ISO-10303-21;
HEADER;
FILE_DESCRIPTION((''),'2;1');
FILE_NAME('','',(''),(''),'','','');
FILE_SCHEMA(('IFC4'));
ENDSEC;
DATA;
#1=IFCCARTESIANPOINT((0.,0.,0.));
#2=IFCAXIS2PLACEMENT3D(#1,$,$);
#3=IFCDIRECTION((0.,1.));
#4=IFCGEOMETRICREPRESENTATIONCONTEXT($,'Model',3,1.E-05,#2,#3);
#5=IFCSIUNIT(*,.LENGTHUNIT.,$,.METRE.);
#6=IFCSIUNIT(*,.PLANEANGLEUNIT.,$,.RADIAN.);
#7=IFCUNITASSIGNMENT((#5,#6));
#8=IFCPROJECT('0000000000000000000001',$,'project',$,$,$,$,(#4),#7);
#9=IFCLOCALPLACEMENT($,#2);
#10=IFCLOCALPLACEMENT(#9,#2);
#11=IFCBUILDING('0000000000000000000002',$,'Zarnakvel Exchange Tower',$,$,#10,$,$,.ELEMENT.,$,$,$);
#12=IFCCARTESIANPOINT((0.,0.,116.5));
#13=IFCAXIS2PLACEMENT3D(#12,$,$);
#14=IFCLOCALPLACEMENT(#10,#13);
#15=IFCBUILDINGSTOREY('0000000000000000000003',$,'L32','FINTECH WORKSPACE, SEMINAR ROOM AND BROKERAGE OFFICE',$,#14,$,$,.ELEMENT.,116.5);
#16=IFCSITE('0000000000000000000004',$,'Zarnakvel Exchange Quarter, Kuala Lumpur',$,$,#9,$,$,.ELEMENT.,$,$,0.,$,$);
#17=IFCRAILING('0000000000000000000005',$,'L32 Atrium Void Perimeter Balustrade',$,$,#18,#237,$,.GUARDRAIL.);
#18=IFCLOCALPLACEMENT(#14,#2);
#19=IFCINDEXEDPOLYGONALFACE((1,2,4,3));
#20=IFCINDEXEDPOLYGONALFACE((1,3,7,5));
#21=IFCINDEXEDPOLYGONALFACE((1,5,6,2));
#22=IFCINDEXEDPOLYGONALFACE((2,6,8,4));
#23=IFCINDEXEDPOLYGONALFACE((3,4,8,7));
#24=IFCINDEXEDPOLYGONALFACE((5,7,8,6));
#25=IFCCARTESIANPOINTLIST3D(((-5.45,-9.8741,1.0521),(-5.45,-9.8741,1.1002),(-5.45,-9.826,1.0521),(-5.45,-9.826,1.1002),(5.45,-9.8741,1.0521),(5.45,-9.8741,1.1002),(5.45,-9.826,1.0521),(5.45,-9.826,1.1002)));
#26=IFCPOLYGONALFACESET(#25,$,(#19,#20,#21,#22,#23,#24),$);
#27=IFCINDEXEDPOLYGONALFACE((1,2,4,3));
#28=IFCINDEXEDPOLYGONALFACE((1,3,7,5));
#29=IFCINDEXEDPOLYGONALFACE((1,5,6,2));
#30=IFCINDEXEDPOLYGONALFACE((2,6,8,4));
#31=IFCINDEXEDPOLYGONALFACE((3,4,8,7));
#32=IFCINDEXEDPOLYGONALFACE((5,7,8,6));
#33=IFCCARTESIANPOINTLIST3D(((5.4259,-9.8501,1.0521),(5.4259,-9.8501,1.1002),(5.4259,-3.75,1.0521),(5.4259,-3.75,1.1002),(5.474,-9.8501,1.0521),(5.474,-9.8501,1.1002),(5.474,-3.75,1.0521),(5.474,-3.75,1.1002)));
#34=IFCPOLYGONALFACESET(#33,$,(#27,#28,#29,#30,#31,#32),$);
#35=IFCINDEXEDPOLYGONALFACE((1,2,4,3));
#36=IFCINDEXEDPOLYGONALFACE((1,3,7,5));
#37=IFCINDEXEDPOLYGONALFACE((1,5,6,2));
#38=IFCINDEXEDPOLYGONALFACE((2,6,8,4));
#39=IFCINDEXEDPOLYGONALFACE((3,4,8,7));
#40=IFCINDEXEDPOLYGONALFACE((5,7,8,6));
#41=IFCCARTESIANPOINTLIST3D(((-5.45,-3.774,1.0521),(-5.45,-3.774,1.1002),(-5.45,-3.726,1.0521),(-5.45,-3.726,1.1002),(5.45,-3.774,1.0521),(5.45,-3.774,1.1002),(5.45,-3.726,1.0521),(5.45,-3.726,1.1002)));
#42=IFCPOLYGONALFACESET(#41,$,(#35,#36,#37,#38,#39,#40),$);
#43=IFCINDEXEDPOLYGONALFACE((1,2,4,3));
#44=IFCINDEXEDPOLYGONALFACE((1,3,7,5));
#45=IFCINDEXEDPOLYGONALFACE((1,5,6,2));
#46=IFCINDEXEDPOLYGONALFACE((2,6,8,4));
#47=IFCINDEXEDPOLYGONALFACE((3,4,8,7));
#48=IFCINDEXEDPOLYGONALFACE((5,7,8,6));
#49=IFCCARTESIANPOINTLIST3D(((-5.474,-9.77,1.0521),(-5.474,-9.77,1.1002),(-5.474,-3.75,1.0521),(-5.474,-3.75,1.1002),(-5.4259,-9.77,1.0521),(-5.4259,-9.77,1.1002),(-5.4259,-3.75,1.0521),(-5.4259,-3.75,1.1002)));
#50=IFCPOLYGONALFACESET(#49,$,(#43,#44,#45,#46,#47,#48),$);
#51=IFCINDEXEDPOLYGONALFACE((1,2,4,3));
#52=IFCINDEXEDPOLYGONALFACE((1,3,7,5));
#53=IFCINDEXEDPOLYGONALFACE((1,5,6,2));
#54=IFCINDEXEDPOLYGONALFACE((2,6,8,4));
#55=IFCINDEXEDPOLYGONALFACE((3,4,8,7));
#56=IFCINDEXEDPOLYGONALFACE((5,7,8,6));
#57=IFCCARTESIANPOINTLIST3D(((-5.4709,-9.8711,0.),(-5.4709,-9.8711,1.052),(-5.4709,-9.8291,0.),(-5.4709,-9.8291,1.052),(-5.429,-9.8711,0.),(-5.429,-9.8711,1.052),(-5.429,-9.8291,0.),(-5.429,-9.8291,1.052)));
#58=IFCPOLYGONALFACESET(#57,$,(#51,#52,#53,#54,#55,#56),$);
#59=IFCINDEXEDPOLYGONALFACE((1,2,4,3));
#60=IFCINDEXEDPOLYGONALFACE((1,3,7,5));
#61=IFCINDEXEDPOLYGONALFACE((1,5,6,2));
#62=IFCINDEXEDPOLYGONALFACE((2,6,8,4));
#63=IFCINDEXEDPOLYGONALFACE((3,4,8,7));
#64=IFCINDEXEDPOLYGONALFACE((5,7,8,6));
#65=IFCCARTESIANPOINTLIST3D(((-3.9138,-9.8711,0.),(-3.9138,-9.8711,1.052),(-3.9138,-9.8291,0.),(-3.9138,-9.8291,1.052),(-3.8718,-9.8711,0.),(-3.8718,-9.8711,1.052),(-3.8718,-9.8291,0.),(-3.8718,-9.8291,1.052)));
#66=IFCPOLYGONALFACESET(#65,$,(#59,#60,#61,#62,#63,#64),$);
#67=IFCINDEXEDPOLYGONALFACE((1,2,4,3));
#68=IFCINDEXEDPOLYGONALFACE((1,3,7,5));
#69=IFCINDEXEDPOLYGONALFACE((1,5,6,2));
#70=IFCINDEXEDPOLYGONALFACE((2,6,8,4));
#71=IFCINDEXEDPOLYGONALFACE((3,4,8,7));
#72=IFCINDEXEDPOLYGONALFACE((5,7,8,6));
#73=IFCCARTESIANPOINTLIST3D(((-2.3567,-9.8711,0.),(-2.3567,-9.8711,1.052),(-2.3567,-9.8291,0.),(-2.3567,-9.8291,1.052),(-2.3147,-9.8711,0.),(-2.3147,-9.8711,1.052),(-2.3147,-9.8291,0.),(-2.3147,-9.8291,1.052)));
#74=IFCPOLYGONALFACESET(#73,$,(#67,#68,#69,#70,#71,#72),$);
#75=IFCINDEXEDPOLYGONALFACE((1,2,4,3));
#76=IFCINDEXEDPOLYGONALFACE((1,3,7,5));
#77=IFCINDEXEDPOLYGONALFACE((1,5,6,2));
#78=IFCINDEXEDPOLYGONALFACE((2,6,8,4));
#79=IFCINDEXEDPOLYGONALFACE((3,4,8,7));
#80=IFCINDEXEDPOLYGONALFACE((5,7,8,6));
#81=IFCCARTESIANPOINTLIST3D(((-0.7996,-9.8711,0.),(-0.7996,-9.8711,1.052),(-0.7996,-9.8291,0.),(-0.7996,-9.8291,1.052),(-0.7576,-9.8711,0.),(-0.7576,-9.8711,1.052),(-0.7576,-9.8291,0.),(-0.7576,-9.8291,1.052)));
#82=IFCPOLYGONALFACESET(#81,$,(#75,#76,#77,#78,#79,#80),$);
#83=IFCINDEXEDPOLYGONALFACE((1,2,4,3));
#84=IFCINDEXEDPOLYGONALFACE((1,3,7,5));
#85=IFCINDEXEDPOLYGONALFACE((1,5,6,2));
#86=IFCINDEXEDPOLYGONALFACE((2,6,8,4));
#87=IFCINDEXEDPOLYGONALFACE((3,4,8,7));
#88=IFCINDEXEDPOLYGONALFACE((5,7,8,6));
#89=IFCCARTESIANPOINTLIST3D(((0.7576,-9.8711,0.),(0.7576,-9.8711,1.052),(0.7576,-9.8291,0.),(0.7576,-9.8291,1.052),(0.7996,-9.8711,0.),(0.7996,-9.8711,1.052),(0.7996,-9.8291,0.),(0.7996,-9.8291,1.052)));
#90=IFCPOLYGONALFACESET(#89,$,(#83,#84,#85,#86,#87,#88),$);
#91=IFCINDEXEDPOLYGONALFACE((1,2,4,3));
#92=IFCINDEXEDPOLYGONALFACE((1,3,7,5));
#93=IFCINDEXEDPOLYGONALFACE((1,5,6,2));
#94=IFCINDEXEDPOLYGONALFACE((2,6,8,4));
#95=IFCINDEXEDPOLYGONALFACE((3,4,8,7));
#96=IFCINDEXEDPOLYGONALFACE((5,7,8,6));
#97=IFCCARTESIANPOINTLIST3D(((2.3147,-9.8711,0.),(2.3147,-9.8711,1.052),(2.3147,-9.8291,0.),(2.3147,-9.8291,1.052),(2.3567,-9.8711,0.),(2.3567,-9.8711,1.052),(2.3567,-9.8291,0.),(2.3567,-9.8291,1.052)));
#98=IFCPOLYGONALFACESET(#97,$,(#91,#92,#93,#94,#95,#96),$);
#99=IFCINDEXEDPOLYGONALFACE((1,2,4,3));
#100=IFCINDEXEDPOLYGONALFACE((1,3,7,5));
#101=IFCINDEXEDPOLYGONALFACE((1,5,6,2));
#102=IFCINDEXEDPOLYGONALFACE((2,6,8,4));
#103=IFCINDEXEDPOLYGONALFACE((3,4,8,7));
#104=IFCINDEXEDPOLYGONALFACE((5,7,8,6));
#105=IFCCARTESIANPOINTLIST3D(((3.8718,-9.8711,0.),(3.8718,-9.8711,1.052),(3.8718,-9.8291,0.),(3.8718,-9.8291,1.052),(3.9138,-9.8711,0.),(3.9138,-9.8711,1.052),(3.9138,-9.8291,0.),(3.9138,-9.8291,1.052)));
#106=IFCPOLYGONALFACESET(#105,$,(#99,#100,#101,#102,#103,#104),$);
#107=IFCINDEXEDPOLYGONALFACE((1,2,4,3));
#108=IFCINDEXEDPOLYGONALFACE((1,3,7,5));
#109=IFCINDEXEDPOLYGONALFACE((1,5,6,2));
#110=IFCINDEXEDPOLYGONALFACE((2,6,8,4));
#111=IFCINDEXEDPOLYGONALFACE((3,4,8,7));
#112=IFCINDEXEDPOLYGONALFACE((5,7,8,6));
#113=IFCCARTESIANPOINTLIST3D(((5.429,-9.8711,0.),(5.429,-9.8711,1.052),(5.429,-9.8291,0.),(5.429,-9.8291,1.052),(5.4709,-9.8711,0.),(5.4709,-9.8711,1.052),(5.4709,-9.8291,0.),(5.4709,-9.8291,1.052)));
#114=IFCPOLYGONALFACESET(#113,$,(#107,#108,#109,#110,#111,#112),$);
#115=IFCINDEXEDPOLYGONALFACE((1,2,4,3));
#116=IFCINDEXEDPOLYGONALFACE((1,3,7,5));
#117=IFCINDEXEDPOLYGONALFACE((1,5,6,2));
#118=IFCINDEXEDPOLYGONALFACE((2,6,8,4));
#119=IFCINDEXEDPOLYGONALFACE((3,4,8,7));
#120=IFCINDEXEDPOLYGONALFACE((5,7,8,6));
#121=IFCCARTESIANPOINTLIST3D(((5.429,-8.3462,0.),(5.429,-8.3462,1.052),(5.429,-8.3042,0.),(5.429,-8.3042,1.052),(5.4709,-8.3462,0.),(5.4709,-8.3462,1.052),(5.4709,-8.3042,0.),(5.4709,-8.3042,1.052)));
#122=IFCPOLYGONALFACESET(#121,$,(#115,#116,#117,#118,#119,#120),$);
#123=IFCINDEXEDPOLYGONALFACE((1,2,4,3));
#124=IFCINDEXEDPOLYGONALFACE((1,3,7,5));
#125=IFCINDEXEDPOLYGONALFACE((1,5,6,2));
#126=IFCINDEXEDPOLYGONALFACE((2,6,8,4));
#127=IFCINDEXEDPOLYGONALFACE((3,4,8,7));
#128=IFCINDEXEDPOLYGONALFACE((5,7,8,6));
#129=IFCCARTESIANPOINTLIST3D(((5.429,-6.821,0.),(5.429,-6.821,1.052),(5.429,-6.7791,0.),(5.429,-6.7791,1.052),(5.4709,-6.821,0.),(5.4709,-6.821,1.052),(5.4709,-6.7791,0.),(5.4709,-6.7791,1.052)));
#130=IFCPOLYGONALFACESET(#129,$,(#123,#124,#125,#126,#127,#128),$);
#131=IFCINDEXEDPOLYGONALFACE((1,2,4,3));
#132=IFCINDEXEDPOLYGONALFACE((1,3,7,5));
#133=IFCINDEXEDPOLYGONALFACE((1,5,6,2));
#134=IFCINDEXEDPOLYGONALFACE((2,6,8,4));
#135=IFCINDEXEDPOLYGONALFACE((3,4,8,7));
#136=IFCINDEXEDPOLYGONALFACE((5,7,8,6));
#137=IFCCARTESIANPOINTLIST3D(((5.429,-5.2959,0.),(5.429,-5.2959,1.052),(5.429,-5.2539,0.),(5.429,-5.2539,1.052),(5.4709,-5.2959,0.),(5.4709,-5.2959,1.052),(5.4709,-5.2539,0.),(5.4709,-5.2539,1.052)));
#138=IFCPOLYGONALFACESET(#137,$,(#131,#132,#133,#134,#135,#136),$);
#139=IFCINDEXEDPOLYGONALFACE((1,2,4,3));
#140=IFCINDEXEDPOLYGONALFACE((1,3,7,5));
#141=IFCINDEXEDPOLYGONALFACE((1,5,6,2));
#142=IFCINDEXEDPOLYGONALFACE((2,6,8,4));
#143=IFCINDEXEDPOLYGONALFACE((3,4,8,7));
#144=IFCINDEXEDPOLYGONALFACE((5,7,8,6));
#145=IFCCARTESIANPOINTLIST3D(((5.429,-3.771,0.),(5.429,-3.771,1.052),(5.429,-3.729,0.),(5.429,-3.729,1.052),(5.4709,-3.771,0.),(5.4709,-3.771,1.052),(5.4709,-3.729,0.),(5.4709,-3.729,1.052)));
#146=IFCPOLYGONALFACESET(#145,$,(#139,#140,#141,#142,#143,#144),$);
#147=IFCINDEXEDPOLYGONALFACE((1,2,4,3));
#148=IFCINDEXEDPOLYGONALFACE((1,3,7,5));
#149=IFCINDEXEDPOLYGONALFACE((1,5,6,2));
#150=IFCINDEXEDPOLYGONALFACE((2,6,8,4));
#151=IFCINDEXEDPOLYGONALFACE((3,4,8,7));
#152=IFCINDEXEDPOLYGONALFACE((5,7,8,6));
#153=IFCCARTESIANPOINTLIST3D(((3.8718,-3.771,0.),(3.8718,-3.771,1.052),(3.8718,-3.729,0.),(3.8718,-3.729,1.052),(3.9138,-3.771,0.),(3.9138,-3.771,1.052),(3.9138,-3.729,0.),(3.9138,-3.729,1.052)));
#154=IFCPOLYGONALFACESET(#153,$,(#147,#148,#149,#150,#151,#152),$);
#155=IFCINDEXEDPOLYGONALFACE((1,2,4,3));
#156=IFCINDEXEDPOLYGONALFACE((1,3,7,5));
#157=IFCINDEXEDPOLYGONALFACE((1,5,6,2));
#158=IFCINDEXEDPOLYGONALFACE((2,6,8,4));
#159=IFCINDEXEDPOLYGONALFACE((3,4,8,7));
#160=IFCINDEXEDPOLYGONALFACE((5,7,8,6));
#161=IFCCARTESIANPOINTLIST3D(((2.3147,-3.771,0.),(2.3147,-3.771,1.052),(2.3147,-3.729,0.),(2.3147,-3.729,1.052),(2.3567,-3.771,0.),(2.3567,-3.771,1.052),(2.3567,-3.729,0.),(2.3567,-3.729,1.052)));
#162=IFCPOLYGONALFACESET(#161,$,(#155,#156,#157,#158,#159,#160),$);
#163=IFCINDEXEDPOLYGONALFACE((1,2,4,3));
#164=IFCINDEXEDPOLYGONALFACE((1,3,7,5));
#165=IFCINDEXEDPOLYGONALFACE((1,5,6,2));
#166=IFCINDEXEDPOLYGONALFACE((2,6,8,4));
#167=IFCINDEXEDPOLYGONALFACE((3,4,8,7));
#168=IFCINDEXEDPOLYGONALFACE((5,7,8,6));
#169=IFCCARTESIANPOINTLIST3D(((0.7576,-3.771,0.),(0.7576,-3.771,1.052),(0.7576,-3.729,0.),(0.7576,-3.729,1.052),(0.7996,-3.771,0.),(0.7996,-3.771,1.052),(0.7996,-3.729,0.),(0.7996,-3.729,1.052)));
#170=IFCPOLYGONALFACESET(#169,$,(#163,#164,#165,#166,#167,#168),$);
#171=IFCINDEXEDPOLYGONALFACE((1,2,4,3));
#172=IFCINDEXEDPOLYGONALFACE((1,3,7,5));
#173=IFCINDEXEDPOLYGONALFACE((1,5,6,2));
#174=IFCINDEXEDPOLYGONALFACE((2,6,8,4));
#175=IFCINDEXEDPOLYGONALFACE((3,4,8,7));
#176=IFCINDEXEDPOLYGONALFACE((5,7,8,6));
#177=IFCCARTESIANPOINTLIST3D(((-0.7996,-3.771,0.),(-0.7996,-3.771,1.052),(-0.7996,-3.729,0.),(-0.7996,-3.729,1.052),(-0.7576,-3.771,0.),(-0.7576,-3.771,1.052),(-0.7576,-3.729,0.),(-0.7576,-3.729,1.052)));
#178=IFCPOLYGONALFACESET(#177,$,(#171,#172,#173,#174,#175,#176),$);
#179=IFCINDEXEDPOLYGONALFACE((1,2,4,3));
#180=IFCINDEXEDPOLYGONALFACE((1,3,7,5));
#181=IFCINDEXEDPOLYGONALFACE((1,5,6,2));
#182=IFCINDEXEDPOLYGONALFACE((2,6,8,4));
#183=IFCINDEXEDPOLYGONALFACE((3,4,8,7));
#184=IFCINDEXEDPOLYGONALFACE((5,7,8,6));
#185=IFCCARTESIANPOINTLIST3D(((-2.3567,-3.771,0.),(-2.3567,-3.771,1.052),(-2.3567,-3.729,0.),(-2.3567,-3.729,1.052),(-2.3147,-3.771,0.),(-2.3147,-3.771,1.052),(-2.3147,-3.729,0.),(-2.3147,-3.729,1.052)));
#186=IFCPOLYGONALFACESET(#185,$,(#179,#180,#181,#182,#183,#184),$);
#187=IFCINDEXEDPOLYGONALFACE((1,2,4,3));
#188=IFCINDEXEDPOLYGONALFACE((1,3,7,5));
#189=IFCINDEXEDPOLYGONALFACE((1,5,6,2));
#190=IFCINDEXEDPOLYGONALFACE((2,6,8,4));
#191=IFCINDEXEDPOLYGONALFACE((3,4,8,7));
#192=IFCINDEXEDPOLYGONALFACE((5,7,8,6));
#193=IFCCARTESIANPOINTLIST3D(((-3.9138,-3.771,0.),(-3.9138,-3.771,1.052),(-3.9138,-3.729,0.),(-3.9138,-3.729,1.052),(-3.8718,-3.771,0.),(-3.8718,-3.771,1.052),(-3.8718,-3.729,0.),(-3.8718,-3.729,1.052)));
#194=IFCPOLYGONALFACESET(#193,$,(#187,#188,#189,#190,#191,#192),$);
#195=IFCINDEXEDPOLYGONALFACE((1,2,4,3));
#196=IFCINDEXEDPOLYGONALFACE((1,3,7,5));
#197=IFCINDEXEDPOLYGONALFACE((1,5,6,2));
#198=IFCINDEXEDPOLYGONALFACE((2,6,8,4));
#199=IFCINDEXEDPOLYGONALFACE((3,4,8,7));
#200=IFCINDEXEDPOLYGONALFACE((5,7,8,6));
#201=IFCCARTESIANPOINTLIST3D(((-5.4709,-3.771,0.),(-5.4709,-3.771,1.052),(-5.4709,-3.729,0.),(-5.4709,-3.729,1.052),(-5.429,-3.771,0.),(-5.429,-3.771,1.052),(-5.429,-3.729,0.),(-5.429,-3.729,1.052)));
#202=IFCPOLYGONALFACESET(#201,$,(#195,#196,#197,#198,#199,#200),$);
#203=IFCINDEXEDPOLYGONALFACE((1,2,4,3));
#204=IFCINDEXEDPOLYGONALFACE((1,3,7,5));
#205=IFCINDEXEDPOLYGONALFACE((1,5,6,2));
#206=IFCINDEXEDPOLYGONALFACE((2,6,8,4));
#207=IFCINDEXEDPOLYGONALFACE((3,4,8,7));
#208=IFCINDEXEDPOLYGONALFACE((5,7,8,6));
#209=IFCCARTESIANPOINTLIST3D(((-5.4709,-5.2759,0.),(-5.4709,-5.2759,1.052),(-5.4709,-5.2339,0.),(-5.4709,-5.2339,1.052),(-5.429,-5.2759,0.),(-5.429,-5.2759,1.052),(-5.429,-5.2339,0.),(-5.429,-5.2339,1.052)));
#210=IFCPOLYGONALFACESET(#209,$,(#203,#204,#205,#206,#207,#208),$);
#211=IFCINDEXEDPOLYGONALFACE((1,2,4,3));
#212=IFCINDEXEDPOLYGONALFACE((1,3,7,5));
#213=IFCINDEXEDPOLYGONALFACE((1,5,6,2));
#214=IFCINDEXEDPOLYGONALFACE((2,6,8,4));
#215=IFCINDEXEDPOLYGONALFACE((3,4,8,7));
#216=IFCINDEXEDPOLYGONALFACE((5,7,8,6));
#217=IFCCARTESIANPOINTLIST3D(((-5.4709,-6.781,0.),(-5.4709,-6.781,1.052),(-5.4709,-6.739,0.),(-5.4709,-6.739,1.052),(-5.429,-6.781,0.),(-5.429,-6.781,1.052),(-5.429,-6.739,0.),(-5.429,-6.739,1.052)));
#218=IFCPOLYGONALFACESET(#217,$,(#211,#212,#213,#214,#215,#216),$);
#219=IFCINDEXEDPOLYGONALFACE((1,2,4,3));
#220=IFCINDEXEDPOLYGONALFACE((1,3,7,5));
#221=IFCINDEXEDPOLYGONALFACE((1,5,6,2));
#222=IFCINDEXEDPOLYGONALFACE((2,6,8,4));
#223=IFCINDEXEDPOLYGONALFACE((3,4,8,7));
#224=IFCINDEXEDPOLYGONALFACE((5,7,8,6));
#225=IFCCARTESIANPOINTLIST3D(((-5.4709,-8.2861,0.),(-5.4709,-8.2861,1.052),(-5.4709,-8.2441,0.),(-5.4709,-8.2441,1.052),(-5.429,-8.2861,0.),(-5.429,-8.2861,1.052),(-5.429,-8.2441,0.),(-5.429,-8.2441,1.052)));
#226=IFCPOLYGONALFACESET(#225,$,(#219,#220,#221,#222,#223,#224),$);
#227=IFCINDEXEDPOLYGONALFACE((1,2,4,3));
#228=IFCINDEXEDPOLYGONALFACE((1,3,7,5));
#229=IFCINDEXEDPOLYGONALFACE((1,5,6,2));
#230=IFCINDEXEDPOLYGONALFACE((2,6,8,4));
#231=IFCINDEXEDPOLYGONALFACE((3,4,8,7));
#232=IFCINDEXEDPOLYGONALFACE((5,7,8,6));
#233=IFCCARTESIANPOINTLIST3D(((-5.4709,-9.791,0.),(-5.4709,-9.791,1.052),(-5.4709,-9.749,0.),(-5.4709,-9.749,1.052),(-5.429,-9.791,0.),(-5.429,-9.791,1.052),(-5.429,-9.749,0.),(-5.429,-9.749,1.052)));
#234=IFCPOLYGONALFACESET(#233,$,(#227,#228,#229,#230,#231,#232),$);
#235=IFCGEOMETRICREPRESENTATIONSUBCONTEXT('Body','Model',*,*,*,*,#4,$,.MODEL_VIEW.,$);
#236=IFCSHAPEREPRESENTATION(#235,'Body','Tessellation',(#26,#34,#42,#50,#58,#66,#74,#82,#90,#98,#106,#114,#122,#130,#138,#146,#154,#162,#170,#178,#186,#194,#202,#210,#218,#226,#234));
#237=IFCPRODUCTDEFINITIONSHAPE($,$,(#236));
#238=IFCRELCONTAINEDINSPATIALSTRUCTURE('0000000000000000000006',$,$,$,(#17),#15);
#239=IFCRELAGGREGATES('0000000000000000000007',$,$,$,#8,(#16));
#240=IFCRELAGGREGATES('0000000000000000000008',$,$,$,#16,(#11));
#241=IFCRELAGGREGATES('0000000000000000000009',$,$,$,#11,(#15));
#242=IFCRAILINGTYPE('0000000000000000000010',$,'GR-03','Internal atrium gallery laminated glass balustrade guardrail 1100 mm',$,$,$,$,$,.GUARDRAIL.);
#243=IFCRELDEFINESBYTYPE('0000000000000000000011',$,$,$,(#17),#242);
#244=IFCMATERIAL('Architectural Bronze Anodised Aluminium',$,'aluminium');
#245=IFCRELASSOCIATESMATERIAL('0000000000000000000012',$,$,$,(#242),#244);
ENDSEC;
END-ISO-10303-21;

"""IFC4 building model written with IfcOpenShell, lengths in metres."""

from ifc_helpers import new_model, si_unit, direction, frame, origin, origin_2d, place, context, subcontext, project, spatial, rectangle, extrude, material, type_object, element, save


model = new_model("IFC4")

# Units and contexts
model_context = context("Model", 3, precision=1e-05, world=origin(), true_north=direction((0.0, 1.0)))
body_context = subcontext(model_context, "Body", "Model", "MODEL_VIEW")
ifc_project = project(units=[si_unit("LENGTHUNIT", "METRE"), si_unit("PLANEANGLEUNIT", "RADIAN")], contexts=[model_context])

# Site, building, storey
site_placement = place(None, origin())
site = spatial("IfcSite", under=ifc_project, at=site_placement, Name="Zarnakvel Exchange Quarter, Kuala Lumpur", CompositionType="ELEMENT", RefElevation=0.0)
building_placement = place(site_placement, origin())
building = spatial("IfcBuilding", under=site, at=building_placement, Name="Zarnakvel Exchange Tower", CompositionType="ELEMENT")
storey_placement = place(building_placement, frame((0.0, 0.0, 116.5)))
storey = spatial("IfcBuildingStorey", under=building, at=storey_placement, Name="L32", Description="FINTECH WORKSPACE, SEMINAR ROOM AND BROKERAGE OFFICE", CompositionType="ELEMENT", Elevation=116.5)

# Railing
ifc_material_1 = material(Name="Architectural Bronze Anodised Aluminium", Category="aluminium")
railing_type = type_object("IfcRailingType", Name="GR-03", Description="Internal atrium gallery laminated glass balustrade guardrail 1100 mm", PredefinedType="GUARDRAIL", material=ifc_material_1)
railing_placement = place(storey_placement, frame((-5.45, -9.8501, 0.0)))
element("IfcRailing", 1, at=railing_placement, inside=storey, type_object=railing_type, Name="L32 Atrium Void Perimeter Balustrade", PredefinedType="GUARDRAIL", context=body_context, shape_type="SweptSolid", body=[
    extrude(rectangle(XDim=0.0481, YDim=0.0481, at=origin_2d()), frame((0.0, 0.0, 1.0762), z_axis=(1.0, 0.0, 0.0), x_axis=(0.0, 1.0, 0.0)), (0.0, 0.0, 1.0), 10.8999),
    extrude(rectangle(XDim=0.0481, YDim=0.0481, at=origin_2d()), frame((10.8999, 0.0, 1.0762), z_axis=(0.0, 1.0, 0.0), x_axis=(-1.0, 0.0, 0.0)), (0.0, 0.0, 1.0), 6.1001),
    extrude(rectangle(XDim=0.0481, YDim=0.0481, at=origin_2d()), frame((10.8999, 6.1001, 1.0762), z_axis=(-1.0, 0.0, 0.0), x_axis=(0.0, -1.0, 0.0)), (0.0, 0.0, 1.0), 10.8999),
    extrude(rectangle(XDim=0.0481, YDim=0.0481, at=origin_2d()), frame((0.0, 6.1001, 1.0762), z_axis=(0.0, -1.0, 0.0), x_axis=(1.0, 0.0, 0.0)), (0.0, 0.0, 1.0), 6.02),
    extrude(rectangle(XDim=0.042, YDim=0.042, at=origin_2d()), origin(), (0.0, 0.0, 1.0), 1.052),
    extrude(rectangle(XDim=0.042, YDim=0.042, at=origin_2d()), frame((1.5571, 0.0, 0.0)), (0.0, 0.0, 1.0), 1.052),
    extrude(rectangle(XDim=0.042, YDim=0.042, at=origin_2d()), frame((3.1143, 0.0, 0.0)), (0.0, 0.0, 1.0), 1.052),
    extrude(rectangle(XDim=0.042, YDim=0.042, at=origin_2d()), frame((4.6714, 0.0, 0.0)), (0.0, 0.0, 1.0), 1.052),
    extrude(rectangle(XDim=0.042, YDim=0.042, at=origin_2d()), frame((6.2285, 0.0, 0.0)), (0.0, 0.0, 1.0), 1.052),
    extrude(rectangle(XDim=0.042, YDim=0.042, at=origin_2d()), frame((7.7856, 0.0, 0.0)), (0.0, 0.0, 1.0), 1.052),
    extrude(rectangle(XDim=0.042, YDim=0.042, at=origin_2d()), frame((9.3428, 0.0, 0.0)), (0.0, 0.0, 1.0), 1.052),
    extrude(rectangle(XDim=0.042, YDim=0.042, at=origin_2d()), frame((10.8999, 0.0, 0.0)), (0.0, 0.0, 1.0), 1.052),
    extrude(rectangle(XDim=0.042, YDim=0.042, at=origin_2d()), frame((10.8999, 1.5249, 0.0)), (0.0, 0.0, 1.0), 1.052),
    extrude(rectangle(XDim=0.042, YDim=0.042, at=origin_2d()), frame((10.8999, 3.05, 0.0)), (0.0, 0.0, 1.0), 1.052),
    extrude(rectangle(XDim=0.042, YDim=0.042, at=origin_2d()), frame((10.8999, 4.5752, 0.0)), (0.0, 0.0, 1.0), 1.052),
    extrude(rectangle(XDim=0.042, YDim=0.042, at=origin_2d()), frame((10.8999, 6.1001, 0.0)), (0.0, 0.0, 1.0), 1.052),
    extrude(rectangle(XDim=0.042, YDim=0.042, at=origin_2d()), frame((9.3428, 6.1001, 0.0)), (0.0, 0.0, 1.0), 1.052),
    extrude(rectangle(XDim=0.042, YDim=0.042, at=origin_2d()), frame((7.7856, 6.1001, 0.0)), (0.0, 0.0, 1.0), 1.052),
    extrude(rectangle(XDim=0.042, YDim=0.042, at=origin_2d()), frame((6.2285, 6.1001, 0.0)), (0.0, 0.0, 1.0), 1.052),
    extrude(rectangle(XDim=0.042, YDim=0.042, at=origin_2d()), frame((4.6714, 6.1001, 0.0)), (0.0, 0.0, 1.0), 1.052),
    extrude(rectangle(XDim=0.042, YDim=0.042, at=origin_2d()), frame((3.1143, 6.1001, 0.0)), (0.0, 0.0, 1.0), 1.052),
    extrude(rectangle(XDim=0.042, YDim=0.042, at=origin_2d()), frame((1.5571, 6.1001, 0.0)), (0.0, 0.0, 1.0), 1.052),
    extrude(rectangle(XDim=0.042, YDim=0.042, at=origin_2d()), frame((0.0, 6.1001, 0.0)), (0.0, 0.0, 1.0), 1.052),
    extrude(rectangle(XDim=0.042, YDim=0.042, at=origin_2d()), frame((0.0, 4.5952, 0.0)), (0.0, 0.0, 1.0), 1.052),
    extrude(rectangle(XDim=0.042, YDim=0.042, at=origin_2d()), frame((0.0, 3.0901, 0.0)), (0.0, 0.0, 1.0), 1.052),
    extrude(rectangle(XDim=0.042, YDim=0.042, at=origin_2d()), frame((0.0, 1.585, 0.0)), (0.0, 0.0, 1.0), 1.052),
    extrude(rectangle(XDim=0.042, YDim=0.042, at=origin_2d()), frame((0.0, 0.0801, 0.0)), (0.0, 0.0, 1.0), 1.052),
])

save(model, "model.ifc")
